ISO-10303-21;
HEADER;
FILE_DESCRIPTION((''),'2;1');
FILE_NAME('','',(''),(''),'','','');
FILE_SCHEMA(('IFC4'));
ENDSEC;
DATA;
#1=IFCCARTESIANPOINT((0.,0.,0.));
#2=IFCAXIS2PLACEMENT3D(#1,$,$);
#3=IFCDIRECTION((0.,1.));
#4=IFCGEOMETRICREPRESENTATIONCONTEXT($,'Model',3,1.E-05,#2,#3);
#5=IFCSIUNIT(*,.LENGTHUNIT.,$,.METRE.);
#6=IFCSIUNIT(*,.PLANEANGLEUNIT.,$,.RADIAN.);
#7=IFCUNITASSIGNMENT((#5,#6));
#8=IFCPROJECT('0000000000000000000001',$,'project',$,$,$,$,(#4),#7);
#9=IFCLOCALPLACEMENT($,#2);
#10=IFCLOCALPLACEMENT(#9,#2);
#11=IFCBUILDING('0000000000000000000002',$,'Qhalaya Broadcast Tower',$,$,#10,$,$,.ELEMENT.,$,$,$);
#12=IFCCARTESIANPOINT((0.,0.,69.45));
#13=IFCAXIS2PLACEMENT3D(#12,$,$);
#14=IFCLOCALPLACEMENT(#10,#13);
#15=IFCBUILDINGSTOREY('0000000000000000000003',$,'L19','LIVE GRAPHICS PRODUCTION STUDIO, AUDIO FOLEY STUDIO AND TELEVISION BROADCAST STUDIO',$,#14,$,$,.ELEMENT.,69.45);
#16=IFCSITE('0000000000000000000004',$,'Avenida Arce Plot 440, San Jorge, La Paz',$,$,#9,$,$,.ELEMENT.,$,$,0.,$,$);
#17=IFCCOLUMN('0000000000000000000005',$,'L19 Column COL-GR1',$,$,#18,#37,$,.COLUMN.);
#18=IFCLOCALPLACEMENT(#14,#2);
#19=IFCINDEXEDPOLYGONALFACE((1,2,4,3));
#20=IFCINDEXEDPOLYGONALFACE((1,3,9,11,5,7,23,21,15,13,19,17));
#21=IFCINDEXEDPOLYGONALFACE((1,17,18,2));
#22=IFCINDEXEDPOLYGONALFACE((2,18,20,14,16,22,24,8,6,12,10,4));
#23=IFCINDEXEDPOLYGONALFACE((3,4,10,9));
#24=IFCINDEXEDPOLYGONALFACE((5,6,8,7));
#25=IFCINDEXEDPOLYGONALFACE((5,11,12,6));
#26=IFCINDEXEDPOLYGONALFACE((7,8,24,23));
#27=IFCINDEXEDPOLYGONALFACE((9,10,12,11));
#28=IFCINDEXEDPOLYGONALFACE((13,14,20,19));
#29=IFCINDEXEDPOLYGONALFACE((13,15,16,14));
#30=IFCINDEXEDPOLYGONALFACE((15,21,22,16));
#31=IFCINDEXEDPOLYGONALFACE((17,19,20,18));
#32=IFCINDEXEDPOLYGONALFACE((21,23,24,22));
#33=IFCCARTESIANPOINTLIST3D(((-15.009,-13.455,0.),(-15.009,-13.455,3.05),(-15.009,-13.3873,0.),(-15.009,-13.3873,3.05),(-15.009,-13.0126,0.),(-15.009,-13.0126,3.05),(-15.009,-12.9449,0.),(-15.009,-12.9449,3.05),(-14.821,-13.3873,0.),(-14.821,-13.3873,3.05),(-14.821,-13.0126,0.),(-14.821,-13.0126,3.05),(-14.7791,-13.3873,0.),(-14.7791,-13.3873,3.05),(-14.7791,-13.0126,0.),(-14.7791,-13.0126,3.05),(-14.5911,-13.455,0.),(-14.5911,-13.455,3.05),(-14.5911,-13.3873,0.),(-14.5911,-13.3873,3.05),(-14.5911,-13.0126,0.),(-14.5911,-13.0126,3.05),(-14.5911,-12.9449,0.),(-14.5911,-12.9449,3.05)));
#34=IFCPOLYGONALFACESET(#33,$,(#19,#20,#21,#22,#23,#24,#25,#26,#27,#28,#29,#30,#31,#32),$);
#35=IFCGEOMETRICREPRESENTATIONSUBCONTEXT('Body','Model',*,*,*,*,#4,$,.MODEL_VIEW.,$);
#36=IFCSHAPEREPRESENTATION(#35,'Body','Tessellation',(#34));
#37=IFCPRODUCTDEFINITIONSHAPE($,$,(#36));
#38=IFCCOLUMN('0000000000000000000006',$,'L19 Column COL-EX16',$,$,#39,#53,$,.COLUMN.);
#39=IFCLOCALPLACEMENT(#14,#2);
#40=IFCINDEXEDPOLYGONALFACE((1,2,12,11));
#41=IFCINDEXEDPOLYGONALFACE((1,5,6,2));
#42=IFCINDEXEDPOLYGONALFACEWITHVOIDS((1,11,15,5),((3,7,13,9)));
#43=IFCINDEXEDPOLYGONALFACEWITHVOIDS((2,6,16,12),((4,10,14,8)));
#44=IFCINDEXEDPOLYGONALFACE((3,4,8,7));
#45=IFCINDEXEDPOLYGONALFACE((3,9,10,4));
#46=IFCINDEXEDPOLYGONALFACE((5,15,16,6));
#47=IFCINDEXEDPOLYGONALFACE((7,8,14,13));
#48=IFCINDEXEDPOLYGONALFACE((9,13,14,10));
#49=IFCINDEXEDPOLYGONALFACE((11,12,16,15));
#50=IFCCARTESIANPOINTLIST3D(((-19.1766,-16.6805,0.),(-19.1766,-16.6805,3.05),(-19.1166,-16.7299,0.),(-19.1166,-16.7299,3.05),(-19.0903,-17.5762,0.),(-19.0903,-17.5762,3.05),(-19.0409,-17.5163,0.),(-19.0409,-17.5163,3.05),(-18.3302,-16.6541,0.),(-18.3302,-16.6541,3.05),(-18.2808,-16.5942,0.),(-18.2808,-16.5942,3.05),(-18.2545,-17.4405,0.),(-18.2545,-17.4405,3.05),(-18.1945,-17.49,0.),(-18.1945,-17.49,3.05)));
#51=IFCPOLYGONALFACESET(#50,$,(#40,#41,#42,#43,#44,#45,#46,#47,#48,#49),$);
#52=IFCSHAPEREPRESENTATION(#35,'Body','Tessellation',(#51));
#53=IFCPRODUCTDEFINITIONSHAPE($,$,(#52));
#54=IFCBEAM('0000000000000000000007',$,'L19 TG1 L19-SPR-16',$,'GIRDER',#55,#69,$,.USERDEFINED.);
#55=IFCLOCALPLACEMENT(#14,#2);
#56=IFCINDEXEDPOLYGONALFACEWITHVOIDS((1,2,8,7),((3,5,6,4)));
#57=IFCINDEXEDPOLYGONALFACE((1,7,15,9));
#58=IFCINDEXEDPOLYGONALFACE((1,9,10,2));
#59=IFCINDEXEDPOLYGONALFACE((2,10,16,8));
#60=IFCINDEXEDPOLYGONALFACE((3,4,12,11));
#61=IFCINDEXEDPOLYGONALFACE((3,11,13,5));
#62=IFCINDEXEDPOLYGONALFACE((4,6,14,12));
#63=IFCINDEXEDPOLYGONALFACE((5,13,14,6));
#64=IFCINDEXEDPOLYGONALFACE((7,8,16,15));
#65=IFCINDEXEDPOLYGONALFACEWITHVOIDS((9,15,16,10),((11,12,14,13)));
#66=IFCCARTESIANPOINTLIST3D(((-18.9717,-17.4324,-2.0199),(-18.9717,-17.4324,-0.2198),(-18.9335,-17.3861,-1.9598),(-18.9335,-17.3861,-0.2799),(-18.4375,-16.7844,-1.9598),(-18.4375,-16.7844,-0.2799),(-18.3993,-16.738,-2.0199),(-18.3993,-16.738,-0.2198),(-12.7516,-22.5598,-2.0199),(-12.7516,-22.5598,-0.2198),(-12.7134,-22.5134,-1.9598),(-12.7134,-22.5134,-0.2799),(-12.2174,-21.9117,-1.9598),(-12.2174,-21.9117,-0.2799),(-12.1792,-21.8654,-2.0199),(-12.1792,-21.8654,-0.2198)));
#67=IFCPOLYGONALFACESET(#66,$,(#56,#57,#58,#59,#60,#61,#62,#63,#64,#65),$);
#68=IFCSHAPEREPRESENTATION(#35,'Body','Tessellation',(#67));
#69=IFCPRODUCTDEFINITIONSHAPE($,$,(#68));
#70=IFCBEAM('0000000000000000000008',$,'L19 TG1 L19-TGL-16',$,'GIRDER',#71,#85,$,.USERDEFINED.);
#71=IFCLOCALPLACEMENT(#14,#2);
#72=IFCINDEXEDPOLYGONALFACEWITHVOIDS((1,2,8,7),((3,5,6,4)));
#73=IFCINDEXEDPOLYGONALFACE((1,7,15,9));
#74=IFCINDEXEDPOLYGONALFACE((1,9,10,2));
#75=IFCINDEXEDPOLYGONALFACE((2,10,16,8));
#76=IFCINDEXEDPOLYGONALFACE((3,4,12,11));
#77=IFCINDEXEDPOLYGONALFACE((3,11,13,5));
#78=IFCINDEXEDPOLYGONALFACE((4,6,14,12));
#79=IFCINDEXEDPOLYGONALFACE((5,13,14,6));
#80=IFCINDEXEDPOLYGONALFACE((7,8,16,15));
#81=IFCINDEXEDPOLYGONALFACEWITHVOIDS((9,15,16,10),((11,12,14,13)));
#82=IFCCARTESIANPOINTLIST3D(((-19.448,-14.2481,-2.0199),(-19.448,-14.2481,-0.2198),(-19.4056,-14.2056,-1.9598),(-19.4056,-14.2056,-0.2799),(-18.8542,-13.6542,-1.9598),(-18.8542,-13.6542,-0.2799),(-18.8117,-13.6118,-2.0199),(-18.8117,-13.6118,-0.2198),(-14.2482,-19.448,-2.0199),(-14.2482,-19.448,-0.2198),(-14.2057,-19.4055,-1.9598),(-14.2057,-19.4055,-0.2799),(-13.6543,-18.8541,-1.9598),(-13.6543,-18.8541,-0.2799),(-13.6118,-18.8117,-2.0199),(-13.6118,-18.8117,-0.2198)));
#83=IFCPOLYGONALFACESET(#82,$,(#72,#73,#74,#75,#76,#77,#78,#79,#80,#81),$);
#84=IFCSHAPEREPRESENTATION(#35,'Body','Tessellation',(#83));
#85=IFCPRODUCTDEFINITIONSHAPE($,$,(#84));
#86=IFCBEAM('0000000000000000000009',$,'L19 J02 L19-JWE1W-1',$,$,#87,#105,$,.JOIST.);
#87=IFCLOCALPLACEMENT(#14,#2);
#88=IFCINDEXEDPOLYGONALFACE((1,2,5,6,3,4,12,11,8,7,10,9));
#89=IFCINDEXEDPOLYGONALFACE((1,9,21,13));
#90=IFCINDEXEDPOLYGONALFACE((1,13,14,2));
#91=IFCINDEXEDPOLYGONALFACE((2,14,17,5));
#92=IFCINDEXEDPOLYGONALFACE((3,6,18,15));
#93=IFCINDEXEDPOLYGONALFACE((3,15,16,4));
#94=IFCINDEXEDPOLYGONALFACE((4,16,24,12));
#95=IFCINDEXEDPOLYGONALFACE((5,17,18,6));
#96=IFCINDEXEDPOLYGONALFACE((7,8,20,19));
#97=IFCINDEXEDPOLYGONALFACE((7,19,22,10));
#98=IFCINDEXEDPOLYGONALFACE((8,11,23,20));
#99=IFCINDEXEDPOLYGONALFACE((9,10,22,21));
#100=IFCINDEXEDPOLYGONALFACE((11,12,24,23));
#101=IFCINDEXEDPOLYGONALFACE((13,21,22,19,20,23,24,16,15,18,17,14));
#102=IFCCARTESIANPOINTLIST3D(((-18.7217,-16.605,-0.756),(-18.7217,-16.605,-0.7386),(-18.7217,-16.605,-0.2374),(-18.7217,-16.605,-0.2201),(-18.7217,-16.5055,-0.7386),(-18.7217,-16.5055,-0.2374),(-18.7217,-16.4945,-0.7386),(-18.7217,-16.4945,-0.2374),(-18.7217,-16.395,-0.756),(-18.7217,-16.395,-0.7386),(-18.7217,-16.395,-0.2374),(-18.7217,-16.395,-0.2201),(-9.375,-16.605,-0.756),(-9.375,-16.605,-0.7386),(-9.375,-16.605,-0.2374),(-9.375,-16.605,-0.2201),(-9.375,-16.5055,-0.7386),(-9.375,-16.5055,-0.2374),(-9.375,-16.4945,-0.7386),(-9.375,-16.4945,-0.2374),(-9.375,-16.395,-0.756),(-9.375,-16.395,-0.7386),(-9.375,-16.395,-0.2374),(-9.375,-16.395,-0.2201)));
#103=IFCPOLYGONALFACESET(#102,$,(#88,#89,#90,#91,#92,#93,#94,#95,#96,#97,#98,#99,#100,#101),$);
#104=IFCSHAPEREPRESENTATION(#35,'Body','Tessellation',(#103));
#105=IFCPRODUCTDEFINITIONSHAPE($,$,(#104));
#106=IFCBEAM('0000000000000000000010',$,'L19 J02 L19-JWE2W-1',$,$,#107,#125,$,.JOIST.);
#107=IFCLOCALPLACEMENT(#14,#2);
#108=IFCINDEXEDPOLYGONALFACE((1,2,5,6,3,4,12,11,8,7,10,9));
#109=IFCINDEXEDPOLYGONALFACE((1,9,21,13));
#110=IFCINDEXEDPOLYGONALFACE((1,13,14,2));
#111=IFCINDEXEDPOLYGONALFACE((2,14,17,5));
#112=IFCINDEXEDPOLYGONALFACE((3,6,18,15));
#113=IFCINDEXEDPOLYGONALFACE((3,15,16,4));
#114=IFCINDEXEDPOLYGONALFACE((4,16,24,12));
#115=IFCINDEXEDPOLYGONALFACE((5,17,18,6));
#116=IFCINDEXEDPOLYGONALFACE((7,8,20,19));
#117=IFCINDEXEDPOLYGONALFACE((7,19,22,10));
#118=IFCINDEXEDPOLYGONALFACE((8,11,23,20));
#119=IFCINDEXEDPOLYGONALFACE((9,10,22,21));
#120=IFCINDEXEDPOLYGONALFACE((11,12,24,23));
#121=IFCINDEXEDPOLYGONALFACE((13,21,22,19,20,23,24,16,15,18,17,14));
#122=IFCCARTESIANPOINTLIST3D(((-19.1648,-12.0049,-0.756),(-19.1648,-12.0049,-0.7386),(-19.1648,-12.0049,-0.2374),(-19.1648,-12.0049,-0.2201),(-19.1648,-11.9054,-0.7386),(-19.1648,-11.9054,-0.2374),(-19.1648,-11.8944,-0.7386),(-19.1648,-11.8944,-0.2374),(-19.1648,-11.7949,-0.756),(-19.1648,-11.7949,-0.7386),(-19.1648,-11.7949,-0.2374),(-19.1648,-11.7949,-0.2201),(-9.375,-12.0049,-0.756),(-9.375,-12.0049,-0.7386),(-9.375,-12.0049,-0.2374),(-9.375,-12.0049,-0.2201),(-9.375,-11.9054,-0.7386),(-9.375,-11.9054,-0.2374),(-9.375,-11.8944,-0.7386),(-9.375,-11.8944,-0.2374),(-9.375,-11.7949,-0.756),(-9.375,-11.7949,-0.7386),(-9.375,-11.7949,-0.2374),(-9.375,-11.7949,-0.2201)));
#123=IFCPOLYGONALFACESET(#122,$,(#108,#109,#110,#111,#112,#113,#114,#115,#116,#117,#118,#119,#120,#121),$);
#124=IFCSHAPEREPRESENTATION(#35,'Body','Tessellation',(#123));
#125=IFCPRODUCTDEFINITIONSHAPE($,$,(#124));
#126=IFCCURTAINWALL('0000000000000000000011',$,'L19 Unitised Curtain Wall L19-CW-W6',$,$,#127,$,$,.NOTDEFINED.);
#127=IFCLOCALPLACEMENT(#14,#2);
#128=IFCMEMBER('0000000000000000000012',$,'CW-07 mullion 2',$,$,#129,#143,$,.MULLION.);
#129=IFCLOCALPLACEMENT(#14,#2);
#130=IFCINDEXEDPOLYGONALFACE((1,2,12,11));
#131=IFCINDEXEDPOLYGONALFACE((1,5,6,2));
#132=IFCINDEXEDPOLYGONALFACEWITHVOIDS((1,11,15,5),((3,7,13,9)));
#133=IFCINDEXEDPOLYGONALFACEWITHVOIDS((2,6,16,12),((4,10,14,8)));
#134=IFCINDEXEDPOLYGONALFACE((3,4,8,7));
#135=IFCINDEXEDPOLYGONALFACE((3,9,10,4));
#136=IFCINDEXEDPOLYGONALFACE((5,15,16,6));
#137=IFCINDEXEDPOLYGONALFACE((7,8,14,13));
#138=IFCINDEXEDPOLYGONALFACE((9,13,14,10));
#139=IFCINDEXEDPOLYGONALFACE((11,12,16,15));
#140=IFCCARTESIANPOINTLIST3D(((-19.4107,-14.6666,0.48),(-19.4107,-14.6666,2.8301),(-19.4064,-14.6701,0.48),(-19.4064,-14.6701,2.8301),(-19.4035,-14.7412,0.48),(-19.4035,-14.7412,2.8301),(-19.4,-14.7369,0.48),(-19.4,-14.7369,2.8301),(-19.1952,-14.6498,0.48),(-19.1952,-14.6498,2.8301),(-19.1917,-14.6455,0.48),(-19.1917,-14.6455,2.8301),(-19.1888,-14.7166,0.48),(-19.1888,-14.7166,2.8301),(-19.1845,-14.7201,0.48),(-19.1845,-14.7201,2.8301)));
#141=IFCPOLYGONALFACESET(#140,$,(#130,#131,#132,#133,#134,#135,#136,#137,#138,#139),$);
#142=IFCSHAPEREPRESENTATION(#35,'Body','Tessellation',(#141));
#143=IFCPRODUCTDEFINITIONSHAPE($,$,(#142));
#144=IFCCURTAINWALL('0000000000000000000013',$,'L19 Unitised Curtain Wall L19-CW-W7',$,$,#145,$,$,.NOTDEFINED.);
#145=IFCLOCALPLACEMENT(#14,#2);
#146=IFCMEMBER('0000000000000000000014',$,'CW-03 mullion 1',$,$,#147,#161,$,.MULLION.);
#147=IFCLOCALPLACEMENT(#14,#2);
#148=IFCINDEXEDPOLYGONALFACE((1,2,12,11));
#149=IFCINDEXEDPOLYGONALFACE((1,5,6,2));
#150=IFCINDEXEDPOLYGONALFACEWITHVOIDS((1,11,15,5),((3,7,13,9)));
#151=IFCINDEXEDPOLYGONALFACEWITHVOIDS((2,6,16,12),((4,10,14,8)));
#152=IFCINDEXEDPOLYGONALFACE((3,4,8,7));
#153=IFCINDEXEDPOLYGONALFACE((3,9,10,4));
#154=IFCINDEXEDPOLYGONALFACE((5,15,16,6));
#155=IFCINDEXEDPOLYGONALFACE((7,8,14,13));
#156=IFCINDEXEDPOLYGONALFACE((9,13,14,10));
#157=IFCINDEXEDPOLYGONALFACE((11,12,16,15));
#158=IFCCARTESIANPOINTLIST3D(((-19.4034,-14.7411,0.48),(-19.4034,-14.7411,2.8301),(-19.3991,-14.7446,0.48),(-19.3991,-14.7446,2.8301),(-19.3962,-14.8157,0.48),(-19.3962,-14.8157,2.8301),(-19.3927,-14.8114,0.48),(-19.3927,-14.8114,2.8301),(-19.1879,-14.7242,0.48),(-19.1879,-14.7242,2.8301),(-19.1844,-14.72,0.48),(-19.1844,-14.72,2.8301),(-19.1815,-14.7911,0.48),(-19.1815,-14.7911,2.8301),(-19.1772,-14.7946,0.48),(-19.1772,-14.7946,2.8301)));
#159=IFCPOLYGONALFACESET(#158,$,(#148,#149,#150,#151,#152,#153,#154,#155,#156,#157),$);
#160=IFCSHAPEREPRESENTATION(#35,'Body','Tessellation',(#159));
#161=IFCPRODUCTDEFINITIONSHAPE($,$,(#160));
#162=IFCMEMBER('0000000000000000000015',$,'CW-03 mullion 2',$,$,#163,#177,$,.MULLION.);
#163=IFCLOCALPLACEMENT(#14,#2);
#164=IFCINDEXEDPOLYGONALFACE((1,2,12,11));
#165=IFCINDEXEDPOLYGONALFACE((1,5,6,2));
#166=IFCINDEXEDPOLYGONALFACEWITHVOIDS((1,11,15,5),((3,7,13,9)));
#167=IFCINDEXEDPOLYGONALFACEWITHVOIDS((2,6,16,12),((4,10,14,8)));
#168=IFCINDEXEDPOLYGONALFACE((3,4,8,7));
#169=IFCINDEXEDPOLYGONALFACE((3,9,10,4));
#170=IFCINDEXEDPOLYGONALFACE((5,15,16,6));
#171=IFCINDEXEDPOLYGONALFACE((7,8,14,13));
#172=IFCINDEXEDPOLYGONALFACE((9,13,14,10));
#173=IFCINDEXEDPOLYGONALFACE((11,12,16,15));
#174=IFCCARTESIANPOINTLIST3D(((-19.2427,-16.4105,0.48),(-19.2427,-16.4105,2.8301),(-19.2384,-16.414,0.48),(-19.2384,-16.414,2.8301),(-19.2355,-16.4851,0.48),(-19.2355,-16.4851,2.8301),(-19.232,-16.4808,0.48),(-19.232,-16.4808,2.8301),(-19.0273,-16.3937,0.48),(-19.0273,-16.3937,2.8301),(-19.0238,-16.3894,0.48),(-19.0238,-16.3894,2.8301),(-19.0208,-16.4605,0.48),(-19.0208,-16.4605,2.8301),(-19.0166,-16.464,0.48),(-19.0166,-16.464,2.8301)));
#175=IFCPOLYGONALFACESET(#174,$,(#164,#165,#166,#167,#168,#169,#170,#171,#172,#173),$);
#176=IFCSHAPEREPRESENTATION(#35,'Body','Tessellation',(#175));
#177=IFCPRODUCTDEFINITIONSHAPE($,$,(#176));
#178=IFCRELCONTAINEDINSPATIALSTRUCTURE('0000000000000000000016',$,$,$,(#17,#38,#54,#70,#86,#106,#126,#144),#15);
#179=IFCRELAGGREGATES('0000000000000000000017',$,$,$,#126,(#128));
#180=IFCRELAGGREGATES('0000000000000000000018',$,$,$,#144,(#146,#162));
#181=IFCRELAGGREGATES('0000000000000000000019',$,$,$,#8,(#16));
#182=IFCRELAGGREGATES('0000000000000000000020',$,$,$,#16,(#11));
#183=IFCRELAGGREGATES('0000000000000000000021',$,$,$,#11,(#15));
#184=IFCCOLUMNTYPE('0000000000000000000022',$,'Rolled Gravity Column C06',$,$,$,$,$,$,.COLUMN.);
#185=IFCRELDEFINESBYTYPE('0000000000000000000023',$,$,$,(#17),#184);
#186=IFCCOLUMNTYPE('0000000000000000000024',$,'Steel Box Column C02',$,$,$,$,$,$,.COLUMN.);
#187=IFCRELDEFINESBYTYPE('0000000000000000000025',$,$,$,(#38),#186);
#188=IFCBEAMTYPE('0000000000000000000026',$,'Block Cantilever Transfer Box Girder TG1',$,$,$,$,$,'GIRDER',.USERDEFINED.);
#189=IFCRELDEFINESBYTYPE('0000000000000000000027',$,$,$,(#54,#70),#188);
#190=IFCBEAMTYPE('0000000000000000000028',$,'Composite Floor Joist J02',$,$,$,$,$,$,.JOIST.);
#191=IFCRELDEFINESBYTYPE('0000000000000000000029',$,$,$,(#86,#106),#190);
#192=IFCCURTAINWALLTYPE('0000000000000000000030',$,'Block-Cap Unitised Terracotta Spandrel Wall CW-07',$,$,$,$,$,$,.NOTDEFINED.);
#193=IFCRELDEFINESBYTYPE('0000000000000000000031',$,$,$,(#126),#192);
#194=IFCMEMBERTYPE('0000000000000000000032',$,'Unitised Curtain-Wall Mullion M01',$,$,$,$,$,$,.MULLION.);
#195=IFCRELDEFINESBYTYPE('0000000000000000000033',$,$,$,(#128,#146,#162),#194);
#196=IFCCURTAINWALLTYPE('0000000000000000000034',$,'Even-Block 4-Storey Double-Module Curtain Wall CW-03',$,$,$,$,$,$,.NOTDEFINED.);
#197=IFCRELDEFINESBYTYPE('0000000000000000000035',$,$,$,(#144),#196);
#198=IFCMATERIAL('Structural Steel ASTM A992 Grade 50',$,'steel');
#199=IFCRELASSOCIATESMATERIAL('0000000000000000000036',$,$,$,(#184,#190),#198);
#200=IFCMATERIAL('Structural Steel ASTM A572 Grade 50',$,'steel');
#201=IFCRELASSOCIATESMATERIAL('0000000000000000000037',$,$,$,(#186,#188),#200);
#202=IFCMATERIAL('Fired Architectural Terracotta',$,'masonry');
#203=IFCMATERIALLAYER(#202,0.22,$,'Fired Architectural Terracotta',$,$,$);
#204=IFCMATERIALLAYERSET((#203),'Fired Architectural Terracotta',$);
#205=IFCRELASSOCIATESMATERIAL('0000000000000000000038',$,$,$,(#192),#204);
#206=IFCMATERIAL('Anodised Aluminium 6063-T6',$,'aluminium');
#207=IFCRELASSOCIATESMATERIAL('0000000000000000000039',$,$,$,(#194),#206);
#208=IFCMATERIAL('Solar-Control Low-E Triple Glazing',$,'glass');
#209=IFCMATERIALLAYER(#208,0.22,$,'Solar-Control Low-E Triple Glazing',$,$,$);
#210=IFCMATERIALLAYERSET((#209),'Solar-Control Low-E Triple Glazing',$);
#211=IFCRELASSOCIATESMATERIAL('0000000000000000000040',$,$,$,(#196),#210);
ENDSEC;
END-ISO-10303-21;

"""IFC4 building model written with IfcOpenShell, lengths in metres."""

from ifc_helpers import new_model, si_unit, direction, frame, origin, origin_2d, place, context, subcontext, project, spatial, hollow_rectangle, i_section, extrude, material, layer, layer_set, material_profile, profile_set, type_object, element, aggregate, save


model = new_model("IFC4")

# Units and contexts
model_context = context("Model", 3, precision=1e-05, world=origin(), true_north=direction((0.0, 1.0)))
body_context = subcontext(model_context, "Body", "Model", "MODEL_VIEW")
ifc_project = project(units=[si_unit("LENGTHUNIT", "METRE"), si_unit("PLANEANGLEUNIT", "RADIAN")], contexts=[model_context])

# Site, building, storey
site_placement = place(None, origin())
site = spatial("IfcSite", under=ifc_project, at=site_placement, Name="Avenida Arce Plot 440, San Jorge, La Paz", CompositionType="ELEMENT", RefElevation=0.0)
building_placement = place(site_placement, origin())
building = spatial("IfcBuilding", under=site, at=building_placement, Name="Qhalaya Broadcast Tower", CompositionType="ELEMENT")
storey_placement = place(building_placement, frame((0.0, 0.0, 69.45)))
storey = spatial("IfcBuildingStorey", under=building, at=storey_placement, Name="L19", Description="LIVE GRAPHICS PRODUCTION STUDIO, AUDIO FOLEY STUDIO AND TELEVISION BROADCAST STUDIO", CompositionType="ELEMENT", Elevation=69.45)

# Columns
ifc_material_1 = material(Name="Structural Steel ASTM A992 Grade 50", Category="steel")
ifc_material_profile_1 = material_profile(ifc_material_1, i_section(OverallWidth=0.418, OverallDepth=0.51, WebThickness=0.042, FlangeThickness=0.0676, at=origin_2d()), Name="W14X370")
ifc_profile_set_1 = profile_set([ifc_material_profile_1], Name="Structural Steel ASTM A992 Grade 50")
column_type_1 = type_object("IfcColumnType", Name="Rolled Gravity Column C06", PredefinedType="COLUMN", material=ifc_profile_set_1)
column_1_placement = place(storey_placement, frame((-14.8, -13.2, 0.0), z_axis=(0.0, 0.0, 1.0), x_axis=(1.0, 0.0, 0.0)))
element("IfcColumn", 1, at=column_1_placement, inside=storey, type_object=column_type_1, Name="L19 Column COL-GR1", PredefinedType="COLUMN", context=body_context, shape_type="SweptSolid", body=[
    extrude(i_section(OverallWidth=0.418, OverallDepth=0.51, WebThickness=0.042, FlangeThickness=0.0676, at=origin_2d()), origin(), (0.0, 0.0, 1.0), 3.05),
])
ifc_material_2 = material(Name="Structural Steel ASTM A572 Grade 50", Category="steel")
ifc_material_profile_2 = material_profile(ifc_material_2, hollow_rectangle(XDim=0.8999, YDim=0.8999, WallThickness=0.0549, at=origin_2d()), Name="BOX 900x900x55")
ifc_profile_set_2 = profile_set([ifc_material_profile_2], Name="Structural Steel ASTM A572 Grade 50")
column_type_2 = type_object("IfcColumnType", Name="Steel Box Column C02", PredefinedType="COLUMN", material=ifc_profile_set_2)
column_2_placement = place(storey_placement, frame((-18.6855, -17.0852, 0.0), z_axis=(0.0, 0.0, 1.0), x_axis=(-0.095846, 0.995396, 0.0)))
element("IfcColumn", 2, at=column_2_placement, inside=storey, type_object=column_type_2, Name="L19 Column COL-EX16", PredefinedType="COLUMN", context=body_context, shape_type="SweptSolid", body=[
    extrude(hollow_rectangle(XDim=0.8999, YDim=0.8999, WallThickness=0.0549, at=origin_2d()), origin(), (0.0, 0.0, 1.0), 3.05),
])

# Beams
ifc_material_profile_3 = material_profile(ifc_material_2, hollow_rectangle(XDim=0.8999, YDim=1.8, WallThickness=0.0601, at=origin_2d()), Name="BOX 900x1800x60")
ifc_profile_set_3 = profile_set([ifc_material_profile_3], Name="Structural Steel ASTM A572 Grade 50")
beam_type_1 = type_object("IfcBeamType", Name="Block Cantilever Transfer Box Girder TG1", ElementType="GIRDER", PredefinedType="USERDEFINED", material=ifc_profile_set_3)
beam_1_placement = place(storey_placement, frame((-18.6855, -17.0852, -1.1199), z_axis=(0.771631, -0.63607, 0.0), x_axis=(0.63607, 0.771631, 0.0)))
element("IfcBeam", 3, at=beam_1_placement, inside=storey, type_object=beam_type_1, Name="L19 TG1 L19-SPR-16", ObjectType="GIRDER", PredefinedType="USERDEFINED", context=body_context, shape_type="SweptSolid", body=[
    extrude(hollow_rectangle(XDim=0.8999, YDim=1.8, WallThickness=0.0601, at=origin_2d()), origin(), (0.0, 0.0, 1.0), 8.061),
])
beam_2_placement = place(storey_placement, frame((-19.1299, -13.9299, -1.1199), z_axis=(0.707107, -0.707107, 0.0), x_axis=(0.707107, 0.707107, 0.0)))
element("IfcBeam", 4, at=beam_2_placement, inside=storey, type_object=beam_type_1, Name="L19 TG1 L19-TGL-16", ObjectType="GIRDER", PredefinedType="USERDEFINED", context=body_context, shape_type="SweptSolid", body=[
    extrude(hollow_rectangle(XDim=0.8999, YDim=1.8, WallThickness=0.0601, at=origin_2d()), origin(), (0.0, 0.0, 1.0), 7.3538),
])
ifc_material_profile_4 = material_profile(ifc_material_1, i_section(OverallWidth=0.21, OverallDepth=0.5359, WebThickness=0.011, FlangeThickness=0.0173, at=origin_2d()), Name="W21X68")
ifc_profile_set_4 = profile_set([ifc_material_profile_4], Name="Structural Steel ASTM A992 Grade 50")
beam_type_2 = type_object("IfcBeamType", Name="Composite Floor Joist J02", PredefinedType="JOIST", material=ifc_profile_set_4)
beam_3_placement = place(storey_placement, frame((-18.7217, -16.5, -0.488), z_axis=(1.0, 0.0, 0.0), x_axis=(0.0, 1.0, 0.0)))
element("IfcBeam", 5, at=beam_3_placement, inside=storey, type_object=beam_type_2, Name="L19 J02 L19-JWE1W-1", PredefinedType="JOIST", context=body_context, shape_type="SweptSolid", body=[
    extrude(i_section(OverallWidth=0.21, OverallDepth=0.5359, WebThickness=0.011, FlangeThickness=0.0173, at=origin_2d()), origin(), (0.0, 0.0, 1.0), 9.3467),
])
beam_4_placement = place(storey_placement, frame((-19.1648, -11.8999, -0.488), z_axis=(1.0, 0.0, 0.0), x_axis=(0.0, 1.0, 0.0)))
element("IfcBeam", 6, at=beam_4_placement, inside=storey, type_object=beam_type_2, Name="L19 J02 L19-JWE2W-1", PredefinedType="JOIST", context=body_context, shape_type="SweptSolid", body=[
    extrude(i_section(OverallWidth=0.21, OverallDepth=0.5359, WebThickness=0.011, FlangeThickness=0.0173, at=origin_2d()), origin(), (0.0, 0.0, 1.0), 9.7898),
])

# Curtain wall, member
ifc_material_3 = material(Name="Fired Architectural Terracotta", Category="masonry")
ifc_layer_1 = layer(ifc_material_3, 0.22, Name="Fired Architectural Terracotta")
ifc_layer_set_1 = layer_set([ifc_layer_1], Name="Fired Architectural Terracotta")
curtain_wall_type_1 = type_object("IfcCurtainWallType", Name="Block-Cap Unitised Terracotta Spandrel Wall CW-07", PredefinedType="NOTDEFINED", material=ifc_layer_set_1)
curtain_wall_1_placement = place(storey_placement, origin())
curtain_wall_1 = element("IfcCurtainWall", 7, at=curtain_wall_1_placement, inside=storey, type_object=curtain_wall_type_1, Name="L19 Unitised Curtain Wall L19-CW-W6", PredefinedType="NOTDEFINED")
ifc_material_4 = material(Name="Anodised Aluminium 6063-T6", Category="aluminium")
ifc_material_profile_5 = material_profile(ifc_material_4, hollow_rectangle(XDim=0.075, YDim=0.22, WallThickness=0.0039, at=origin_2d()), Name="ALU-MUL 75x220x4")
ifc_profile_set_5 = profile_set([ifc_material_profile_5], Name="Anodised Aluminium 6063-T6")
member_type_1 = type_object("IfcMemberType", Name="Unitised Curtain-Wall Mullion M01", PredefinedType="MULLION", material=ifc_profile_set_5)
member_1_placement = place(storey_placement, frame((-19.2976, -14.6934, 0.48), z_axis=(0.0, 0.0, 1.0), x_axis=(0.095858, -0.995395, 0.0)))
member_1 = element("IfcMember", 8, at=member_1_placement, type_object=member_type_1, Name="CW-07 mullion 2", PredefinedType="MULLION", context=body_context, shape_type="SweptSolid", body=[
    extrude(hollow_rectangle(XDim=0.075, YDim=0.22, WallThickness=0.0039, at=origin_2d()), origin(), (0.0, 0.0, 1.0), 2.3501),
])
aggregate(curtain_wall_1, [member_1])

# Curtain wall, members
ifc_material_5 = material(Name="Solar-Control Low-E Triple Glazing", Category="glass")
ifc_layer_2 = layer(ifc_material_5, 0.22, Name="Solar-Control Low-E Triple Glazing")
ifc_layer_set_2 = layer_set([ifc_layer_2], Name="Solar-Control Low-E Triple Glazing")
curtain_wall_type_2 = type_object("IfcCurtainWallType", Name="Even-Block 4-Storey Double-Module Curtain Wall CW-03", PredefinedType="NOTDEFINED", material=ifc_layer_set_2)
curtain_wall_2_placement = place(storey_placement, origin())
curtain_wall_2 = element("IfcCurtainWall", 9, at=curtain_wall_2_placement, inside=storey, type_object=curtain_wall_type_2, Name="L19 Unitised Curtain Wall L19-CW-W7", PredefinedType="NOTDEFINED")
member_2_placement = place(storey_placement, frame((-19.2903, -14.7678, 0.48), z_axis=(0.0, 0.0, 1.0), x_axis=(0.09583, -0.995398, 0.0)))
member_2 = element("IfcMember", 10, at=member_2_placement, type_object=member_type_1, Name="CW-03 mullion 1", PredefinedType="MULLION", context=body_context, shape_type="SweptSolid", body=[
    extrude(hollow_rectangle(XDim=0.075, YDim=0.22, WallThickness=0.0039, at=origin_2d()), origin(), (0.0, 0.0, 1.0), 2.3501),
])
member_3_placement = place(storey_placement, frame((-19.1296, -16.4373, 0.48), z_axis=(0.0, 0.0, 1.0), x_axis=(0.09583, -0.995398, 0.0)))
member_3 = element("IfcMember", 11, at=member_3_placement, type_object=member_type_1, Name="CW-03 mullion 2", PredefinedType="MULLION", context=body_context, shape_type="SweptSolid", body=[
    extrude(hollow_rectangle(XDim=0.075, YDim=0.22, WallThickness=0.0039, at=origin_2d()), origin(), (0.0, 0.0, 1.0), 2.3501),
])

aggregate(curtain_wall_2, [member_2, member_3])

save(model, "model.ifc")
